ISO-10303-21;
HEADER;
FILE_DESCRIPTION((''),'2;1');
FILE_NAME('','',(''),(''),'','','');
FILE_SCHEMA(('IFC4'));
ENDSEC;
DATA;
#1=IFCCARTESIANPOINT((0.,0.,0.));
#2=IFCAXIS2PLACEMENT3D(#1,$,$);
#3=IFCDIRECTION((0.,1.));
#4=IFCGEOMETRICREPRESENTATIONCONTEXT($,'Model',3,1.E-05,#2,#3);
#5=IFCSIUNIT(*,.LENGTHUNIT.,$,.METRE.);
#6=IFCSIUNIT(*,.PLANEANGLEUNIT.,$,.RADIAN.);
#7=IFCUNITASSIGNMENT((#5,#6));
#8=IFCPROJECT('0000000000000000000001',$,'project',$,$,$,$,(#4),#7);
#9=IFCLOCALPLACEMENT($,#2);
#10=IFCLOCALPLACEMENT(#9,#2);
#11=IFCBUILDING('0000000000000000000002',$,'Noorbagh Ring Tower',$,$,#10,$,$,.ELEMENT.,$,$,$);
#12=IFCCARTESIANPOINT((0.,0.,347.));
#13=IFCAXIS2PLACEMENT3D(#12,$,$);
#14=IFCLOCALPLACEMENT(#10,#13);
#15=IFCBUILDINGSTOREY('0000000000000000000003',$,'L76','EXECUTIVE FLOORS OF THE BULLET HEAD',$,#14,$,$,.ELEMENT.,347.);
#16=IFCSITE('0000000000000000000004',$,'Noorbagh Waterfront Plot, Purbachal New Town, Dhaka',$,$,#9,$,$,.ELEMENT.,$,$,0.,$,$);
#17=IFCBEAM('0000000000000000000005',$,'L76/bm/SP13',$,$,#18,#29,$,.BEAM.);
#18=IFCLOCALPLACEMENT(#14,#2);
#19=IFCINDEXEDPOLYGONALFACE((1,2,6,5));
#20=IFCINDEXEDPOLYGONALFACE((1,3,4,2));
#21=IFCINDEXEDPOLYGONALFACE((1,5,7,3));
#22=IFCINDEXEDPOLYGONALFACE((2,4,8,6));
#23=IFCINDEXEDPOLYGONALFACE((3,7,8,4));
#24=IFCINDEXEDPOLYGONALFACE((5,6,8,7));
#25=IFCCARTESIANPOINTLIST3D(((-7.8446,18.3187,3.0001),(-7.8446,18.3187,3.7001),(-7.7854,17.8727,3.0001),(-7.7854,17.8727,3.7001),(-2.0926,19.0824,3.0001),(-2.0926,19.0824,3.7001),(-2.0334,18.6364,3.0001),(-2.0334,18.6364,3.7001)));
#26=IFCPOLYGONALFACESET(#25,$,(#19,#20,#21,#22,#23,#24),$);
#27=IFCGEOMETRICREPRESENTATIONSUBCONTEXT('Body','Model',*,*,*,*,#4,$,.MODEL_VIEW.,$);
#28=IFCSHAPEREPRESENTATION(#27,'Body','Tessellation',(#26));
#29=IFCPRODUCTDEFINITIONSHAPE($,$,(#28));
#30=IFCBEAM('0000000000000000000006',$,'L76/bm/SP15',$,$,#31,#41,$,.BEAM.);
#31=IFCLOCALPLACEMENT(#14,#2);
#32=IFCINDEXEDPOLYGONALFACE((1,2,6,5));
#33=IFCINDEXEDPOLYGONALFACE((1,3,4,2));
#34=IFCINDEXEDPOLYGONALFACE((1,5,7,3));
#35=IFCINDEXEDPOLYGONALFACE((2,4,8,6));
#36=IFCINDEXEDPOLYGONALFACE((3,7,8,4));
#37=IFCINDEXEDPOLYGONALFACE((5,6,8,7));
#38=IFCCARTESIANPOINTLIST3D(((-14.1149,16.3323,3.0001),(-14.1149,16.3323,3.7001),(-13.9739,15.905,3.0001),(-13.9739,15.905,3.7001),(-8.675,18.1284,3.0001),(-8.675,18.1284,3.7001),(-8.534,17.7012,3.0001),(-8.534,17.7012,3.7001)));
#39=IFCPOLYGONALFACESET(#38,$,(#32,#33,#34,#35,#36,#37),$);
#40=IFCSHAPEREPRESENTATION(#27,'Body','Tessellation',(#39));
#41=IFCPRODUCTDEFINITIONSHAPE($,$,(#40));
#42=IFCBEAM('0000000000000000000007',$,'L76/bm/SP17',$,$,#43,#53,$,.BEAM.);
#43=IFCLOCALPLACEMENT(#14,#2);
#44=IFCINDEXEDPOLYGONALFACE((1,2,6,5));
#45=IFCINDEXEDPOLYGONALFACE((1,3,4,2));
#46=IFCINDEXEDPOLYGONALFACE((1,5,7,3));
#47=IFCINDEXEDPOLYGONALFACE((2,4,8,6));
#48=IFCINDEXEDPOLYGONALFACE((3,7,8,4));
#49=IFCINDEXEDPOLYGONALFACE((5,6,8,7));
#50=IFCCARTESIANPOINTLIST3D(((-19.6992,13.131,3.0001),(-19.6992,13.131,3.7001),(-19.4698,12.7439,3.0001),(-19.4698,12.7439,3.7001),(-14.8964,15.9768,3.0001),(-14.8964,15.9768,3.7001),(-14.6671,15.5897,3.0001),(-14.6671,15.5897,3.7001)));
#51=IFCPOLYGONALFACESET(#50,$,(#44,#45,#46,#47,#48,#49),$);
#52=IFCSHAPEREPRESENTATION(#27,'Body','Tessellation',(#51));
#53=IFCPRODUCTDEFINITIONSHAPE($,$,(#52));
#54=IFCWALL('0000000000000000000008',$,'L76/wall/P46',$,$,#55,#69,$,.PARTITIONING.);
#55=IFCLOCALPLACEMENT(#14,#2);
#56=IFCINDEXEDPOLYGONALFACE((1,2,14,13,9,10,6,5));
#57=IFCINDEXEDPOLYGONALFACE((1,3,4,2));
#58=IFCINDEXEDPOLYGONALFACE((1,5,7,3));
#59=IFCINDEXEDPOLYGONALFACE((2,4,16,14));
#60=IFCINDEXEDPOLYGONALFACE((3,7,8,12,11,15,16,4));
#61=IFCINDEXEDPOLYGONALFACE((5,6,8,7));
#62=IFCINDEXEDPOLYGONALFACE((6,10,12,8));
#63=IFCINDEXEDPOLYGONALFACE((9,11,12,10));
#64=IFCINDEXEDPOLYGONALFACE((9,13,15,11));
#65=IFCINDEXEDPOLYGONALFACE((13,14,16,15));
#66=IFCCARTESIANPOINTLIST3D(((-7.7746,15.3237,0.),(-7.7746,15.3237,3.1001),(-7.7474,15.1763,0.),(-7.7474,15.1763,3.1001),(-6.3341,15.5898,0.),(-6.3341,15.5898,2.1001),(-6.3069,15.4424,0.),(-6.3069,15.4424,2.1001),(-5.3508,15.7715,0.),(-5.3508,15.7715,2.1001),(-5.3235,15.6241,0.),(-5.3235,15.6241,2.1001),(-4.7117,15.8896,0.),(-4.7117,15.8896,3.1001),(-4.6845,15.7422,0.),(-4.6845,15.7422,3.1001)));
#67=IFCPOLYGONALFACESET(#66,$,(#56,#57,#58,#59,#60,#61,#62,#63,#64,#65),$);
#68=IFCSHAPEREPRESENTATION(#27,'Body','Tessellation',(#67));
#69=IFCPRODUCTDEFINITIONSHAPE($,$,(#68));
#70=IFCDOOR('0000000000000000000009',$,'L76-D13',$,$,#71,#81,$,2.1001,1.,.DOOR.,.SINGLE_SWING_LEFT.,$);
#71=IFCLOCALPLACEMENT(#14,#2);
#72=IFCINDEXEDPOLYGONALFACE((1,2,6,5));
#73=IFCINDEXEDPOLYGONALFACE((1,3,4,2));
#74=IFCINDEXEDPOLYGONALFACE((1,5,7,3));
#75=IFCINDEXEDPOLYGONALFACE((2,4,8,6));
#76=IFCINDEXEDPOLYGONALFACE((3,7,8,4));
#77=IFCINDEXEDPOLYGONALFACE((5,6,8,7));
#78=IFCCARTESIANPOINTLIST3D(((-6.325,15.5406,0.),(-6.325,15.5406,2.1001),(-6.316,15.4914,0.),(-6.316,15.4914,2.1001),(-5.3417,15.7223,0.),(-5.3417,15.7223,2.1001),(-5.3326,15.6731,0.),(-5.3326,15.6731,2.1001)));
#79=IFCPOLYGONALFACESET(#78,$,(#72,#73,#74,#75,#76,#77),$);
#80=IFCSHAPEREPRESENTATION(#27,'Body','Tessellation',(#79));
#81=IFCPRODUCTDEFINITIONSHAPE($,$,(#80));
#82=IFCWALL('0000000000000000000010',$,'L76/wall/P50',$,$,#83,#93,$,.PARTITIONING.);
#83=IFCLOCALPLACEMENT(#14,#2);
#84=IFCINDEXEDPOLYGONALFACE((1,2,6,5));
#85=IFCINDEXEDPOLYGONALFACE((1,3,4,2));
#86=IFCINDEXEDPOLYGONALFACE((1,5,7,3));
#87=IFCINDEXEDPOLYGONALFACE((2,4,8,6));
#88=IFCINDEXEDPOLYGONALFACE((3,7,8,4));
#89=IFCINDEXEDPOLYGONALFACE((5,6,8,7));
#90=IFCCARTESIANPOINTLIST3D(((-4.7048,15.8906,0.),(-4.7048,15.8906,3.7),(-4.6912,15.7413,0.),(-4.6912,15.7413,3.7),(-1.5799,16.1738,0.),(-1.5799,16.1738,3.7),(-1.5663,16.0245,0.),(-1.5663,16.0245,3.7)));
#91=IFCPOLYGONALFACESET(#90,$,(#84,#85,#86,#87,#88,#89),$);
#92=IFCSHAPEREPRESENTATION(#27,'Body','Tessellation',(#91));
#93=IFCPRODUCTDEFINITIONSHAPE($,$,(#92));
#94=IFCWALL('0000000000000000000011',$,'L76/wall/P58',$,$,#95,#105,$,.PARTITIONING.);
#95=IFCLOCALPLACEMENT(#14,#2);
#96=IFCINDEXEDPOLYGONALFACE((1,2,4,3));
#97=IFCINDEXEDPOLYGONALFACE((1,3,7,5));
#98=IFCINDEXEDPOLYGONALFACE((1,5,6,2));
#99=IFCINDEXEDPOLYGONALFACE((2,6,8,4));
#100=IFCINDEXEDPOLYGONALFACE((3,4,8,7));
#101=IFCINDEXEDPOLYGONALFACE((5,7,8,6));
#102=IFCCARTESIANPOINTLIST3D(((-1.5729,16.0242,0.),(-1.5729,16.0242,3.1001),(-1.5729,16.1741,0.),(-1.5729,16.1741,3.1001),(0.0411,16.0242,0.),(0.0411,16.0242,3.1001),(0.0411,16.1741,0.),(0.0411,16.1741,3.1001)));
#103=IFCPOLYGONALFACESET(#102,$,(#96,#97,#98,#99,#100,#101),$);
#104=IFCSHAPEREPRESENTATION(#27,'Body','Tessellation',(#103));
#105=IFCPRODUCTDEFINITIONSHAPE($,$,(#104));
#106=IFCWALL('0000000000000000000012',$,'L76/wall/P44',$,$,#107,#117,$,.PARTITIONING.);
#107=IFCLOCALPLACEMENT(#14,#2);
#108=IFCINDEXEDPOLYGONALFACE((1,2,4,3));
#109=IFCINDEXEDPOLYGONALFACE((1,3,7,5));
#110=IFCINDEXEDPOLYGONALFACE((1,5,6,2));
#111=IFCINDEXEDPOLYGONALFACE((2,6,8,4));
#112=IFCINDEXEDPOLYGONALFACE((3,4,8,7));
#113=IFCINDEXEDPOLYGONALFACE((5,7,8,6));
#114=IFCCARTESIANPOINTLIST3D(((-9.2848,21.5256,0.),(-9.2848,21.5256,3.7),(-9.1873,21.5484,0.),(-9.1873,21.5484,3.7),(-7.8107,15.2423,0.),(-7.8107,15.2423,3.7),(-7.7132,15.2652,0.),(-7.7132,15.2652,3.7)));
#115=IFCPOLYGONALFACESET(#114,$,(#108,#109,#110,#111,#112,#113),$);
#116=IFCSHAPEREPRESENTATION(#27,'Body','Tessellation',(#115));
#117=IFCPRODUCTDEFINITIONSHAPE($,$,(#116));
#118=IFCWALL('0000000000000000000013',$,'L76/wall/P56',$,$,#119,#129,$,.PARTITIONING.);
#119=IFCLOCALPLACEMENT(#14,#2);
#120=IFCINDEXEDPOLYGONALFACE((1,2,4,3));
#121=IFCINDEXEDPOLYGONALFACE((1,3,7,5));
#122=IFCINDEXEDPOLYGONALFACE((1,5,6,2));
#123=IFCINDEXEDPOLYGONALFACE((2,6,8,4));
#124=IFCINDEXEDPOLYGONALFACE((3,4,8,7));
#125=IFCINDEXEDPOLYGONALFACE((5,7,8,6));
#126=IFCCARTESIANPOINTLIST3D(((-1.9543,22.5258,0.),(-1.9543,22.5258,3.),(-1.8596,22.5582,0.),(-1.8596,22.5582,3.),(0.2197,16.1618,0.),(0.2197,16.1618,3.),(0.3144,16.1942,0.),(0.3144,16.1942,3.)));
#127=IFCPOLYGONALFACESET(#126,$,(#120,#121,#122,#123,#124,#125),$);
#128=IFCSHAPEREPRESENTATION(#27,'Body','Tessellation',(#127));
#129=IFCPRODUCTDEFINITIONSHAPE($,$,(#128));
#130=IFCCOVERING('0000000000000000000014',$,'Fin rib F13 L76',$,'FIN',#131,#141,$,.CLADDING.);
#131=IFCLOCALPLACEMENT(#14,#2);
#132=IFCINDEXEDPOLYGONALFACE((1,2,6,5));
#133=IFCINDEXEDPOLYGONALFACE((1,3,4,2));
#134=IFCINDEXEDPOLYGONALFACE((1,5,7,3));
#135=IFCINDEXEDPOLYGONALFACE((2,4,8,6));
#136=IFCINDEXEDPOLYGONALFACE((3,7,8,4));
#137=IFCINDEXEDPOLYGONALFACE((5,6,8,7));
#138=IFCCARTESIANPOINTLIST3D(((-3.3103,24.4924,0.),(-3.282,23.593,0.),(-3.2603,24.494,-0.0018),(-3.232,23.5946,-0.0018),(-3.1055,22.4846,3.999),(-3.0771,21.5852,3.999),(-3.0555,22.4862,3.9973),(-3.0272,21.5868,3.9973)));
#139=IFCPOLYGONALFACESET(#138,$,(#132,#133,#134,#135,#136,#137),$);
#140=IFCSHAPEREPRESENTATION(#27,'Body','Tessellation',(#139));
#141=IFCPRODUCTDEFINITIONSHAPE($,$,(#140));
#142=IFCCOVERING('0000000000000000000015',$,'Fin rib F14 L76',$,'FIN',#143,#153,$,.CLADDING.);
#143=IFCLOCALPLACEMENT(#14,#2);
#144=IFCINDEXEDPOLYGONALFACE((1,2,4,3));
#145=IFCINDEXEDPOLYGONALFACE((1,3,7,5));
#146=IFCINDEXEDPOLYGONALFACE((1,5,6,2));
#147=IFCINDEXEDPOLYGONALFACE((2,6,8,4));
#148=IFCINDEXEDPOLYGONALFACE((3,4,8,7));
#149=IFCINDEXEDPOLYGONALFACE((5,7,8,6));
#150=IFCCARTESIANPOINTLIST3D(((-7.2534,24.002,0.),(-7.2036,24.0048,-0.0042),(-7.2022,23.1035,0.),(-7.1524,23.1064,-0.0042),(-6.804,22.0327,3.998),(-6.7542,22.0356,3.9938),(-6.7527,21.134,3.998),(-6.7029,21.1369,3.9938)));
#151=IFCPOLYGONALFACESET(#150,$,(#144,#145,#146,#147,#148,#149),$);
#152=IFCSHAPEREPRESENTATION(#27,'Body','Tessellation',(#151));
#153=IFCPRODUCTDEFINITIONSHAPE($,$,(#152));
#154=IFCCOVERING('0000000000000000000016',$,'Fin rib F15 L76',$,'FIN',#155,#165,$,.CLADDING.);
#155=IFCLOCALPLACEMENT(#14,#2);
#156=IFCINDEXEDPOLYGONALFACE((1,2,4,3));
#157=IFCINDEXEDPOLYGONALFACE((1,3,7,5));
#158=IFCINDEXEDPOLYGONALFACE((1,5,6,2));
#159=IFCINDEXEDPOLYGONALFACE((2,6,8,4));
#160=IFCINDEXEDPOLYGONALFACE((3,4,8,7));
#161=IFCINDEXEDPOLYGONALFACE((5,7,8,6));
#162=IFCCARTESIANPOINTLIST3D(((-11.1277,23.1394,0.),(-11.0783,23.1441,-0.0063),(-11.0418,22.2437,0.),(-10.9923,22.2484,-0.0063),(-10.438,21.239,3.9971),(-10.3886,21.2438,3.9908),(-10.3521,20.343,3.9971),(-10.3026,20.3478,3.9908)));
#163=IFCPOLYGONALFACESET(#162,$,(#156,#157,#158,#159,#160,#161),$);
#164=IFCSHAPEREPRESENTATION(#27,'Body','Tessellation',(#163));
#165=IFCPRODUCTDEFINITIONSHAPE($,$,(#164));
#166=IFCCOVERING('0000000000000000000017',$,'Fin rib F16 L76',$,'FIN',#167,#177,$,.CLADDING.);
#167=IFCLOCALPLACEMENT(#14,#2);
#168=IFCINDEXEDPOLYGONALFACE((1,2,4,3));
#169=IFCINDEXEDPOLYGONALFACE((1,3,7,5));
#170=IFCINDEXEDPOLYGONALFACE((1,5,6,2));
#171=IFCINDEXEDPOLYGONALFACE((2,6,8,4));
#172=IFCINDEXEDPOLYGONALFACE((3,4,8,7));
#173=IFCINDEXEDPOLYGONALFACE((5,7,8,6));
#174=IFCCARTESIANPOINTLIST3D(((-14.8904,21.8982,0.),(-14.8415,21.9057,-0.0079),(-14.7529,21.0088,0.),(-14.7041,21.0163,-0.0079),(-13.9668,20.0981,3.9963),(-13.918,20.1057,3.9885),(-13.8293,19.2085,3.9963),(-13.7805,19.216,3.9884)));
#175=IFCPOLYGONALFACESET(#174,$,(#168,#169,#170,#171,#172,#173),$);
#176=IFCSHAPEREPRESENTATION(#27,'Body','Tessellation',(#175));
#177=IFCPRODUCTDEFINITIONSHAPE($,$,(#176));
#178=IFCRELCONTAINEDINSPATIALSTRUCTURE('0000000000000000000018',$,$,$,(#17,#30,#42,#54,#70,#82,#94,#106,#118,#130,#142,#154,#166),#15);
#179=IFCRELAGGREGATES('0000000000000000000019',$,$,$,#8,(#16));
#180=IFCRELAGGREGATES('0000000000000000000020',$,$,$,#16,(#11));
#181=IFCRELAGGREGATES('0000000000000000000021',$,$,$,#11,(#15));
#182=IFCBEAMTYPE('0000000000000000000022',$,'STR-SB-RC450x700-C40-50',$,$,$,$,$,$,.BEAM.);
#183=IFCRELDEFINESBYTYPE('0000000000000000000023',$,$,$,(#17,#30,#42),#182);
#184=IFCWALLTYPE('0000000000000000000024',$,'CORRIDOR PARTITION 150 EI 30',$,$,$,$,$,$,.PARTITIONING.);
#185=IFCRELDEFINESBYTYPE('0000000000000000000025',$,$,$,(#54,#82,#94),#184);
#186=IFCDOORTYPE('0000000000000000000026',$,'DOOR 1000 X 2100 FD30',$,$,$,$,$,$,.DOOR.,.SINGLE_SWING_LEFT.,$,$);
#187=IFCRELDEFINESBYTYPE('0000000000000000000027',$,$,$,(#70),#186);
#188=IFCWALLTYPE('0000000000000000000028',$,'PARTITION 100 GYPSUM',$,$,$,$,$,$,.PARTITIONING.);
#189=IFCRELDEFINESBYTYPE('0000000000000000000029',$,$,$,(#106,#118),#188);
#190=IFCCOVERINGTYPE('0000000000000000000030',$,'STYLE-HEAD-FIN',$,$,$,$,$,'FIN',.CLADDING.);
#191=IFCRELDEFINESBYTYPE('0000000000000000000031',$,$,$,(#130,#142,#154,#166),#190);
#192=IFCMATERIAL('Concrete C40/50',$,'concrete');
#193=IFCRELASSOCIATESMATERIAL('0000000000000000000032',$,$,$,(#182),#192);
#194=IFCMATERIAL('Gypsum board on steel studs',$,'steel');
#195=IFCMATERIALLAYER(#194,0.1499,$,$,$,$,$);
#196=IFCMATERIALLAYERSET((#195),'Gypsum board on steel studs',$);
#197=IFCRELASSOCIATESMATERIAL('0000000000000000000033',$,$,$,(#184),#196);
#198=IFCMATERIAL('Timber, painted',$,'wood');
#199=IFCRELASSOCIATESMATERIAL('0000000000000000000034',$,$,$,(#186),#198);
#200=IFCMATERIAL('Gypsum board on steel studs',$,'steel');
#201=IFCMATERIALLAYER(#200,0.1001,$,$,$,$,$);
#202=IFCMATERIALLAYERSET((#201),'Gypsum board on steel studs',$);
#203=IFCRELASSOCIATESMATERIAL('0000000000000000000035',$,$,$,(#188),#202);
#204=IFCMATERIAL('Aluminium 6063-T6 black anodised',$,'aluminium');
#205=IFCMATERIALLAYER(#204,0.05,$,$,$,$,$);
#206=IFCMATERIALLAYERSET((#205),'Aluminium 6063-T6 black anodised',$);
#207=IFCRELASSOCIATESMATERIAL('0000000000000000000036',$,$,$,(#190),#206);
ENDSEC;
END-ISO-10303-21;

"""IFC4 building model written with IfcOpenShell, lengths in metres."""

from ifc_helpers import new_model, si_unit, direction, frame, frame_2d, origin, origin_2d, place, context, subcontext, project, spatial, polyline, rectangle, outline, extrude, material, layer, layer_set, material_profile, profile_set, type_object, element, fill, save


model = new_model("IFC4")

# Units and contexts
model_context = context("Model", 3, precision=1e-05, world=origin(), true_north=direction((0.0, 1.0)))
body_context = subcontext(model_context, "Body", "Model", "MODEL_VIEW")
ifc_project = project(units=[si_unit("LENGTHUNIT", "METRE"), si_unit("PLANEANGLEUNIT", "RADIAN")], contexts=[model_context])

# Site, building, storey
site_placement = place(None, origin())
site = spatial("IfcSite", under=ifc_project, at=site_placement, Name="Noorbagh Waterfront Plot, Purbachal New Town, Dhaka", CompositionType="ELEMENT", RefElevation=0.0)
building_placement = place(site_placement, origin())
building = spatial("IfcBuilding", under=site, at=building_placement, Name="Noorbagh Ring Tower", CompositionType="ELEMENT")
storey_placement = place(building_placement, frame((0.0, 0.0, 347.0)))
storey = spatial("IfcBuildingStorey", under=building, at=storey_placement, Name="L76", Description="EXECUTIVE FLOORS OF THE BULLET HEAD", CompositionType="ELEMENT", Elevation=347.0)

# Beams
ifc_material_1 = material(Name="Concrete C40/50", Category="concrete")
ifc_material_profile_1 = material_profile(ifc_material_1, rectangle(XDim=0.45, YDim=0.7, at=origin_2d()), Name="RC450x700")
ifc_profile_set_1 = profile_set([ifc_material_profile_1], Name="Concrete C40/50")
beam_type_1 = type_object("IfcBeamType", Name="STR-SB-RC450x700-C40-50", PredefinedType="BEAM", material=ifc_profile_set_1)
beam_1_placement = place(storey_placement, frame((-2.063, 18.8594, 3.3501), z_axis=(-0.991301, -0.131612, 0.0), x_axis=(0.131612, -0.991301, 0.0)))
element("IfcBeam", 1, at=beam_1_placement, inside=storey, type_object=beam_type_1, Name="L76/bm/SP13", PredefinedType="BEAM", context=body_context, shape_type="SweptSolid", body=[
    extrude(rectangle(XDim=0.45, YDim=0.7, at=origin_2d()), origin(), (0.0, 0.0, 1.0), 5.8025),
])
beam_2_placement = place(storey_placement, frame((-8.6045, 17.9148, 3.3501), z_axis=(-0.949579, -0.313529, 0.0), x_axis=(0.313529, -0.949579, 0.0)))
element("IfcBeam", 2, at=beam_2_placement, inside=storey, type_object=beam_type_1, Name="L76/bm/SP15", PredefinedType="BEAM", context=body_context, shape_type="SweptSolid", body=[
    extrude(rectangle(XDim=0.45, YDim=0.7, at=origin_2d()), origin(), (0.0, 0.0, 1.0), 5.7288),
])
beam_3_placement = place(storey_placement, frame((-14.7817, 15.7832, 3.3501), z_axis=(-0.86032, -0.509754, 0.0), x_axis=(0.509754, -0.86032, 0.0)))
element("IfcBeam", 3, at=beam_3_placement, inside=storey, type_object=beam_type_1, Name="L76/bm/SP17", PredefinedType="BEAM", context=body_context, shape_type="SweptSolid", body=[
    extrude(rectangle(XDim=0.45, YDim=0.7, at=origin_2d()), origin(), (0.0, 0.0, 1.0), 5.5825),
])

# Wall, opening, door
ifc_material_2 = material(Name="Gypsum board on steel studs", Category="steel")
ifc_layer_1 = layer(ifc_material_2, 0.1499)
ifc_layer_set_1 = layer_set([ifc_layer_1], Name="Gypsum board on steel studs")
wall_type_1 = type_object("IfcWallType", Name="CORRIDOR PARTITION 150 EI 30", PredefinedType="PARTITIONING", material=ifc_layer_set_1)
wall_1_placement = place(storey_placement, frame((-7.761, 15.25, 0.0), z_axis=(0.0, 0.0, 1.0), x_axis=(0.983357, 0.181685, 0.0)))
wall_1 = element("IfcWall", 4, at=wall_1_placement, inside=storey, type_object=wall_type_1, Name="L76/wall/P46", PredefinedType="PARTITIONING", context=body_context, shape_type="SweptSolid", body=[
    extrude(rectangle(XDim=3.1147, YDim=0.1499, at=frame_2d((1.5574, 0.0))), origin(), (0.0, 0.0, 1.0), 3.1001),
])
opening_placement = place(wall_1_placement, frame((1.4648, 0.0, 0.0)))
opening = element("IfcOpeningElement", 5, at=opening_placement, cuts=wall_1, PredefinedType="OPENING", context=body_context, shape_type="SweptSolid", body=[
    extrude(rectangle(XDim=1.0, YDim=2.1001, at=frame_2d((0.5, 1.05))), frame((0.0, 0.085, 0.0), z_axis=(0.0, -1.0, 0.0), x_axis=(1.0, 0.0, 0.0)), (0.0, 0.0, 1.0), 0.1699),
])
ifc_material_3 = material(Name="Timber, painted", Category="wood")
door_type = type_object("IfcDoorType", Name="DOOR 1000 X 2100 FD30", OperationType="SINGLE_SWING_LEFT", PredefinedType="DOOR", material=ifc_material_3)
door_placement = place(opening_placement, origin())
door = element("IfcDoor", 6, at=door_placement, inside=storey, type_object=door_type, Name="L76-D13", OperationType="SINGLE_SWING_LEFT", OverallHeight=2.1001, OverallWidth=1.0, PredefinedType="DOOR", context=body_context, shape_type="SweptSolid", body=[
    extrude(rectangle(XDim=1.0, YDim=2.1001, at=frame_2d((0.5, 1.05))), frame((0.0, 0.0249, 0.0), z_axis=(0.0, -1.0, 0.0), x_axis=(1.0, 0.0, 0.0)), (0.0, 0.0, 1.0), 0.05),
])
fill(opening, door)

# Walls
wall_2_placement = place(storey_placement, frame((-4.698, 15.8159, 0.0), z_axis=(0.0, 0.0, 1.0), x_axis=(0.995919, 0.090255, 0.0)))
element("IfcWall", 7, at=wall_2_placement, inside=storey, type_object=wall_type_1, Name="L76/wall/P50", PredefinedType="PARTITIONING", context=body_context, shape_type="SweptSolid", body=[
    extrude(rectangle(XDim=3.1377, YDim=0.1499, at=frame_2d((1.5688, 0.0))), origin(), (0.0, 0.0, 1.0), 3.7),
])
wall_3_placement = place(storey_placement, frame((-1.573, 16.0991, 0.0), z_axis=(0.0, 0.0, 1.0), x_axis=(1.0, 0.0, 0.0)))
element("IfcWall", 8, at=wall_3_placement, inside=storey, type_object=wall_type_1, Name="L76/wall/P58", PredefinedType="PARTITIONING", context=body_context, shape_type="SweptSolid", body=[
    extrude(rectangle(XDim=1.614, YDim=0.1499, at=frame_2d((0.8071, 0.0))), origin(), (0.0, 0.0, 1.0), 3.1001),
])
ifc_material_4 = material(Name="Gypsum board on steel studs", Category="steel")
ifc_layer_2 = layer(ifc_material_4, 0.1001)
ifc_layer_set_2 = layer_set([ifc_layer_2], Name="Gypsum board on steel studs")
wall_type_2 = type_object("IfcWallType", Name="PARTITION 100 GYPSUM", PredefinedType="PARTITIONING", material=ifc_layer_set_2)
wall_4_placement = place(storey_placement, frame((-9.2361, 21.5371, 0.0), z_axis=(0.0, 0.0, 1.0), x_axis=(0.228411, -0.973565, 0.0)))
element("IfcWall", 9, at=wall_4_placement, inside=storey, type_object=wall_type_2, Name="L76/wall/P44", PredefinedType="PARTITIONING", context=body_context, shape_type="SweptSolid", body=[
    extrude(rectangle(XDim=6.4539, YDim=0.1001, at=frame_2d((3.2271, 0.0))), origin(), (0.0, 0.0, 1.0), 3.7),
])
wall_5_placement = place(storey_placement, frame((-1.907, 22.542, 0.0), z_axis=(0.0, 0.0, 1.0), x_axis=(0.323276, -0.946305, 0.0)))
element("IfcWall", 10, at=wall_5_placement, inside=storey, type_object=wall_type_2, Name="L76/wall/P56", PredefinedType="PARTITIONING", context=body_context, shape_type="SweptSolid", body=[
    extrude(rectangle(XDim=6.7251, YDim=0.1001, at=frame_2d((3.3625, 0.0))), origin(), (0.0, 0.0, 1.0), 3.0),
])

# Coverings
ifc_material_5 = material(Name="Aluminium 6063-T6 black anodised", Category="aluminium")
ifc_layer_3 = layer(ifc_material_5, 0.05)
ifc_layer_set_3 = layer_set([ifc_layer_3], Name="Aluminium 6063-T6 black anodised")
covering_type_1 = type_object("IfcCoveringType", Name="STYLE-HEAD-FIN", ElementType="FIN", PredefinedType="CLADDING", material=ifc_layer_set_3)
covering_1_placement = place(storey_placement, frame((-3.3103, 24.4924, 0.0), z_axis=(-0.998879, -0.031452, 0.035372), x_axis=(0.045728, -0.448228, 0.892749)))
element("IfcCovering", 11, at=covering_1_placement, inside=storey, type_object=covering_type_1, Name="Fin rib F13 L76", ObjectType="FIN", PredefinedType="CLADDING", context=body_context, shape_type="SweptSolid", body=[
    extrude(outline(polyline([(0.0, 0.0), (4.4794, 0.0), (4.8839, -0.8039), (0.4044, -0.8039), (0.0, 0.0)])), origin(), (0.0, 0.0, -1.0), 0.05),
])
covering_2_placement = place(storey_placement, frame((-7.2534, 24.002, 0.0), z_axis=(-0.994858, -0.056764, 0.083882), x_axis=(0.10034, -0.439629, 0.892557)))
element("IfcCovering", 12, at=covering_2_placement, inside=storey, type_object=covering_type_1, Name="Fin rib F14 L76", ObjectType="FIN", PredefinedType="CLADDING", context=body_context, shape_type="SweptSolid", body=[
    extrude(outline(polyline([(0.0, 0.0), (4.4793, 0.0), (4.8795, -0.8063), (0.4001, -0.8061), (0.0, 0.0)])), origin(), (0.0, 0.0, -1.0), 0.05),
])
covering_3_placement = place(storey_placement, frame((-11.1277, 23.1394, 0.0), z_axis=(-0.987578, -0.094734, 0.125363), x_axis=(0.153973, -0.424265, 0.892352)))
element("IfcCovering", 13, at=covering_3_placement, inside=storey, type_object=covering_type_1, Name="Fin rib F15 L76", ObjectType="FIN", PredefinedType="CLADDING", context=body_context, shape_type="SweptSolid", body=[
    extrude(outline(polyline([(0.0, 0.0), (4.4793, 0.0), (4.8726, -0.8096), (0.3933, -0.8094), (0.0, 0.0)])), origin(), (0.0, 0.0, -1.0), 0.05),
])
covering_4_placement = place(storey_placement, frame((-14.8904, 21.8982, 0.0), z_axis=(-0.975919, -0.150801, 0.157613), x_axis=(0.206187, -0.401862, 0.892185)))
element("IfcCovering", 14, at=covering_4_placement, inside=storey, type_object=covering_type_1, Name="Fin rib F16 L76", ObjectType="FIN", PredefinedType="CLADDING", context=body_context, shape_type="SweptSolid", body=[
    extrude(outline(polyline([(0.0, 0.0), (4.4793, 0.0), (4.8651, -0.8133), (0.3858, -0.8131), (0.0, 0.0)])), origin(), (0.0, 0.0, -1.0), 0.05),
])

save(model, "model.ifc")
